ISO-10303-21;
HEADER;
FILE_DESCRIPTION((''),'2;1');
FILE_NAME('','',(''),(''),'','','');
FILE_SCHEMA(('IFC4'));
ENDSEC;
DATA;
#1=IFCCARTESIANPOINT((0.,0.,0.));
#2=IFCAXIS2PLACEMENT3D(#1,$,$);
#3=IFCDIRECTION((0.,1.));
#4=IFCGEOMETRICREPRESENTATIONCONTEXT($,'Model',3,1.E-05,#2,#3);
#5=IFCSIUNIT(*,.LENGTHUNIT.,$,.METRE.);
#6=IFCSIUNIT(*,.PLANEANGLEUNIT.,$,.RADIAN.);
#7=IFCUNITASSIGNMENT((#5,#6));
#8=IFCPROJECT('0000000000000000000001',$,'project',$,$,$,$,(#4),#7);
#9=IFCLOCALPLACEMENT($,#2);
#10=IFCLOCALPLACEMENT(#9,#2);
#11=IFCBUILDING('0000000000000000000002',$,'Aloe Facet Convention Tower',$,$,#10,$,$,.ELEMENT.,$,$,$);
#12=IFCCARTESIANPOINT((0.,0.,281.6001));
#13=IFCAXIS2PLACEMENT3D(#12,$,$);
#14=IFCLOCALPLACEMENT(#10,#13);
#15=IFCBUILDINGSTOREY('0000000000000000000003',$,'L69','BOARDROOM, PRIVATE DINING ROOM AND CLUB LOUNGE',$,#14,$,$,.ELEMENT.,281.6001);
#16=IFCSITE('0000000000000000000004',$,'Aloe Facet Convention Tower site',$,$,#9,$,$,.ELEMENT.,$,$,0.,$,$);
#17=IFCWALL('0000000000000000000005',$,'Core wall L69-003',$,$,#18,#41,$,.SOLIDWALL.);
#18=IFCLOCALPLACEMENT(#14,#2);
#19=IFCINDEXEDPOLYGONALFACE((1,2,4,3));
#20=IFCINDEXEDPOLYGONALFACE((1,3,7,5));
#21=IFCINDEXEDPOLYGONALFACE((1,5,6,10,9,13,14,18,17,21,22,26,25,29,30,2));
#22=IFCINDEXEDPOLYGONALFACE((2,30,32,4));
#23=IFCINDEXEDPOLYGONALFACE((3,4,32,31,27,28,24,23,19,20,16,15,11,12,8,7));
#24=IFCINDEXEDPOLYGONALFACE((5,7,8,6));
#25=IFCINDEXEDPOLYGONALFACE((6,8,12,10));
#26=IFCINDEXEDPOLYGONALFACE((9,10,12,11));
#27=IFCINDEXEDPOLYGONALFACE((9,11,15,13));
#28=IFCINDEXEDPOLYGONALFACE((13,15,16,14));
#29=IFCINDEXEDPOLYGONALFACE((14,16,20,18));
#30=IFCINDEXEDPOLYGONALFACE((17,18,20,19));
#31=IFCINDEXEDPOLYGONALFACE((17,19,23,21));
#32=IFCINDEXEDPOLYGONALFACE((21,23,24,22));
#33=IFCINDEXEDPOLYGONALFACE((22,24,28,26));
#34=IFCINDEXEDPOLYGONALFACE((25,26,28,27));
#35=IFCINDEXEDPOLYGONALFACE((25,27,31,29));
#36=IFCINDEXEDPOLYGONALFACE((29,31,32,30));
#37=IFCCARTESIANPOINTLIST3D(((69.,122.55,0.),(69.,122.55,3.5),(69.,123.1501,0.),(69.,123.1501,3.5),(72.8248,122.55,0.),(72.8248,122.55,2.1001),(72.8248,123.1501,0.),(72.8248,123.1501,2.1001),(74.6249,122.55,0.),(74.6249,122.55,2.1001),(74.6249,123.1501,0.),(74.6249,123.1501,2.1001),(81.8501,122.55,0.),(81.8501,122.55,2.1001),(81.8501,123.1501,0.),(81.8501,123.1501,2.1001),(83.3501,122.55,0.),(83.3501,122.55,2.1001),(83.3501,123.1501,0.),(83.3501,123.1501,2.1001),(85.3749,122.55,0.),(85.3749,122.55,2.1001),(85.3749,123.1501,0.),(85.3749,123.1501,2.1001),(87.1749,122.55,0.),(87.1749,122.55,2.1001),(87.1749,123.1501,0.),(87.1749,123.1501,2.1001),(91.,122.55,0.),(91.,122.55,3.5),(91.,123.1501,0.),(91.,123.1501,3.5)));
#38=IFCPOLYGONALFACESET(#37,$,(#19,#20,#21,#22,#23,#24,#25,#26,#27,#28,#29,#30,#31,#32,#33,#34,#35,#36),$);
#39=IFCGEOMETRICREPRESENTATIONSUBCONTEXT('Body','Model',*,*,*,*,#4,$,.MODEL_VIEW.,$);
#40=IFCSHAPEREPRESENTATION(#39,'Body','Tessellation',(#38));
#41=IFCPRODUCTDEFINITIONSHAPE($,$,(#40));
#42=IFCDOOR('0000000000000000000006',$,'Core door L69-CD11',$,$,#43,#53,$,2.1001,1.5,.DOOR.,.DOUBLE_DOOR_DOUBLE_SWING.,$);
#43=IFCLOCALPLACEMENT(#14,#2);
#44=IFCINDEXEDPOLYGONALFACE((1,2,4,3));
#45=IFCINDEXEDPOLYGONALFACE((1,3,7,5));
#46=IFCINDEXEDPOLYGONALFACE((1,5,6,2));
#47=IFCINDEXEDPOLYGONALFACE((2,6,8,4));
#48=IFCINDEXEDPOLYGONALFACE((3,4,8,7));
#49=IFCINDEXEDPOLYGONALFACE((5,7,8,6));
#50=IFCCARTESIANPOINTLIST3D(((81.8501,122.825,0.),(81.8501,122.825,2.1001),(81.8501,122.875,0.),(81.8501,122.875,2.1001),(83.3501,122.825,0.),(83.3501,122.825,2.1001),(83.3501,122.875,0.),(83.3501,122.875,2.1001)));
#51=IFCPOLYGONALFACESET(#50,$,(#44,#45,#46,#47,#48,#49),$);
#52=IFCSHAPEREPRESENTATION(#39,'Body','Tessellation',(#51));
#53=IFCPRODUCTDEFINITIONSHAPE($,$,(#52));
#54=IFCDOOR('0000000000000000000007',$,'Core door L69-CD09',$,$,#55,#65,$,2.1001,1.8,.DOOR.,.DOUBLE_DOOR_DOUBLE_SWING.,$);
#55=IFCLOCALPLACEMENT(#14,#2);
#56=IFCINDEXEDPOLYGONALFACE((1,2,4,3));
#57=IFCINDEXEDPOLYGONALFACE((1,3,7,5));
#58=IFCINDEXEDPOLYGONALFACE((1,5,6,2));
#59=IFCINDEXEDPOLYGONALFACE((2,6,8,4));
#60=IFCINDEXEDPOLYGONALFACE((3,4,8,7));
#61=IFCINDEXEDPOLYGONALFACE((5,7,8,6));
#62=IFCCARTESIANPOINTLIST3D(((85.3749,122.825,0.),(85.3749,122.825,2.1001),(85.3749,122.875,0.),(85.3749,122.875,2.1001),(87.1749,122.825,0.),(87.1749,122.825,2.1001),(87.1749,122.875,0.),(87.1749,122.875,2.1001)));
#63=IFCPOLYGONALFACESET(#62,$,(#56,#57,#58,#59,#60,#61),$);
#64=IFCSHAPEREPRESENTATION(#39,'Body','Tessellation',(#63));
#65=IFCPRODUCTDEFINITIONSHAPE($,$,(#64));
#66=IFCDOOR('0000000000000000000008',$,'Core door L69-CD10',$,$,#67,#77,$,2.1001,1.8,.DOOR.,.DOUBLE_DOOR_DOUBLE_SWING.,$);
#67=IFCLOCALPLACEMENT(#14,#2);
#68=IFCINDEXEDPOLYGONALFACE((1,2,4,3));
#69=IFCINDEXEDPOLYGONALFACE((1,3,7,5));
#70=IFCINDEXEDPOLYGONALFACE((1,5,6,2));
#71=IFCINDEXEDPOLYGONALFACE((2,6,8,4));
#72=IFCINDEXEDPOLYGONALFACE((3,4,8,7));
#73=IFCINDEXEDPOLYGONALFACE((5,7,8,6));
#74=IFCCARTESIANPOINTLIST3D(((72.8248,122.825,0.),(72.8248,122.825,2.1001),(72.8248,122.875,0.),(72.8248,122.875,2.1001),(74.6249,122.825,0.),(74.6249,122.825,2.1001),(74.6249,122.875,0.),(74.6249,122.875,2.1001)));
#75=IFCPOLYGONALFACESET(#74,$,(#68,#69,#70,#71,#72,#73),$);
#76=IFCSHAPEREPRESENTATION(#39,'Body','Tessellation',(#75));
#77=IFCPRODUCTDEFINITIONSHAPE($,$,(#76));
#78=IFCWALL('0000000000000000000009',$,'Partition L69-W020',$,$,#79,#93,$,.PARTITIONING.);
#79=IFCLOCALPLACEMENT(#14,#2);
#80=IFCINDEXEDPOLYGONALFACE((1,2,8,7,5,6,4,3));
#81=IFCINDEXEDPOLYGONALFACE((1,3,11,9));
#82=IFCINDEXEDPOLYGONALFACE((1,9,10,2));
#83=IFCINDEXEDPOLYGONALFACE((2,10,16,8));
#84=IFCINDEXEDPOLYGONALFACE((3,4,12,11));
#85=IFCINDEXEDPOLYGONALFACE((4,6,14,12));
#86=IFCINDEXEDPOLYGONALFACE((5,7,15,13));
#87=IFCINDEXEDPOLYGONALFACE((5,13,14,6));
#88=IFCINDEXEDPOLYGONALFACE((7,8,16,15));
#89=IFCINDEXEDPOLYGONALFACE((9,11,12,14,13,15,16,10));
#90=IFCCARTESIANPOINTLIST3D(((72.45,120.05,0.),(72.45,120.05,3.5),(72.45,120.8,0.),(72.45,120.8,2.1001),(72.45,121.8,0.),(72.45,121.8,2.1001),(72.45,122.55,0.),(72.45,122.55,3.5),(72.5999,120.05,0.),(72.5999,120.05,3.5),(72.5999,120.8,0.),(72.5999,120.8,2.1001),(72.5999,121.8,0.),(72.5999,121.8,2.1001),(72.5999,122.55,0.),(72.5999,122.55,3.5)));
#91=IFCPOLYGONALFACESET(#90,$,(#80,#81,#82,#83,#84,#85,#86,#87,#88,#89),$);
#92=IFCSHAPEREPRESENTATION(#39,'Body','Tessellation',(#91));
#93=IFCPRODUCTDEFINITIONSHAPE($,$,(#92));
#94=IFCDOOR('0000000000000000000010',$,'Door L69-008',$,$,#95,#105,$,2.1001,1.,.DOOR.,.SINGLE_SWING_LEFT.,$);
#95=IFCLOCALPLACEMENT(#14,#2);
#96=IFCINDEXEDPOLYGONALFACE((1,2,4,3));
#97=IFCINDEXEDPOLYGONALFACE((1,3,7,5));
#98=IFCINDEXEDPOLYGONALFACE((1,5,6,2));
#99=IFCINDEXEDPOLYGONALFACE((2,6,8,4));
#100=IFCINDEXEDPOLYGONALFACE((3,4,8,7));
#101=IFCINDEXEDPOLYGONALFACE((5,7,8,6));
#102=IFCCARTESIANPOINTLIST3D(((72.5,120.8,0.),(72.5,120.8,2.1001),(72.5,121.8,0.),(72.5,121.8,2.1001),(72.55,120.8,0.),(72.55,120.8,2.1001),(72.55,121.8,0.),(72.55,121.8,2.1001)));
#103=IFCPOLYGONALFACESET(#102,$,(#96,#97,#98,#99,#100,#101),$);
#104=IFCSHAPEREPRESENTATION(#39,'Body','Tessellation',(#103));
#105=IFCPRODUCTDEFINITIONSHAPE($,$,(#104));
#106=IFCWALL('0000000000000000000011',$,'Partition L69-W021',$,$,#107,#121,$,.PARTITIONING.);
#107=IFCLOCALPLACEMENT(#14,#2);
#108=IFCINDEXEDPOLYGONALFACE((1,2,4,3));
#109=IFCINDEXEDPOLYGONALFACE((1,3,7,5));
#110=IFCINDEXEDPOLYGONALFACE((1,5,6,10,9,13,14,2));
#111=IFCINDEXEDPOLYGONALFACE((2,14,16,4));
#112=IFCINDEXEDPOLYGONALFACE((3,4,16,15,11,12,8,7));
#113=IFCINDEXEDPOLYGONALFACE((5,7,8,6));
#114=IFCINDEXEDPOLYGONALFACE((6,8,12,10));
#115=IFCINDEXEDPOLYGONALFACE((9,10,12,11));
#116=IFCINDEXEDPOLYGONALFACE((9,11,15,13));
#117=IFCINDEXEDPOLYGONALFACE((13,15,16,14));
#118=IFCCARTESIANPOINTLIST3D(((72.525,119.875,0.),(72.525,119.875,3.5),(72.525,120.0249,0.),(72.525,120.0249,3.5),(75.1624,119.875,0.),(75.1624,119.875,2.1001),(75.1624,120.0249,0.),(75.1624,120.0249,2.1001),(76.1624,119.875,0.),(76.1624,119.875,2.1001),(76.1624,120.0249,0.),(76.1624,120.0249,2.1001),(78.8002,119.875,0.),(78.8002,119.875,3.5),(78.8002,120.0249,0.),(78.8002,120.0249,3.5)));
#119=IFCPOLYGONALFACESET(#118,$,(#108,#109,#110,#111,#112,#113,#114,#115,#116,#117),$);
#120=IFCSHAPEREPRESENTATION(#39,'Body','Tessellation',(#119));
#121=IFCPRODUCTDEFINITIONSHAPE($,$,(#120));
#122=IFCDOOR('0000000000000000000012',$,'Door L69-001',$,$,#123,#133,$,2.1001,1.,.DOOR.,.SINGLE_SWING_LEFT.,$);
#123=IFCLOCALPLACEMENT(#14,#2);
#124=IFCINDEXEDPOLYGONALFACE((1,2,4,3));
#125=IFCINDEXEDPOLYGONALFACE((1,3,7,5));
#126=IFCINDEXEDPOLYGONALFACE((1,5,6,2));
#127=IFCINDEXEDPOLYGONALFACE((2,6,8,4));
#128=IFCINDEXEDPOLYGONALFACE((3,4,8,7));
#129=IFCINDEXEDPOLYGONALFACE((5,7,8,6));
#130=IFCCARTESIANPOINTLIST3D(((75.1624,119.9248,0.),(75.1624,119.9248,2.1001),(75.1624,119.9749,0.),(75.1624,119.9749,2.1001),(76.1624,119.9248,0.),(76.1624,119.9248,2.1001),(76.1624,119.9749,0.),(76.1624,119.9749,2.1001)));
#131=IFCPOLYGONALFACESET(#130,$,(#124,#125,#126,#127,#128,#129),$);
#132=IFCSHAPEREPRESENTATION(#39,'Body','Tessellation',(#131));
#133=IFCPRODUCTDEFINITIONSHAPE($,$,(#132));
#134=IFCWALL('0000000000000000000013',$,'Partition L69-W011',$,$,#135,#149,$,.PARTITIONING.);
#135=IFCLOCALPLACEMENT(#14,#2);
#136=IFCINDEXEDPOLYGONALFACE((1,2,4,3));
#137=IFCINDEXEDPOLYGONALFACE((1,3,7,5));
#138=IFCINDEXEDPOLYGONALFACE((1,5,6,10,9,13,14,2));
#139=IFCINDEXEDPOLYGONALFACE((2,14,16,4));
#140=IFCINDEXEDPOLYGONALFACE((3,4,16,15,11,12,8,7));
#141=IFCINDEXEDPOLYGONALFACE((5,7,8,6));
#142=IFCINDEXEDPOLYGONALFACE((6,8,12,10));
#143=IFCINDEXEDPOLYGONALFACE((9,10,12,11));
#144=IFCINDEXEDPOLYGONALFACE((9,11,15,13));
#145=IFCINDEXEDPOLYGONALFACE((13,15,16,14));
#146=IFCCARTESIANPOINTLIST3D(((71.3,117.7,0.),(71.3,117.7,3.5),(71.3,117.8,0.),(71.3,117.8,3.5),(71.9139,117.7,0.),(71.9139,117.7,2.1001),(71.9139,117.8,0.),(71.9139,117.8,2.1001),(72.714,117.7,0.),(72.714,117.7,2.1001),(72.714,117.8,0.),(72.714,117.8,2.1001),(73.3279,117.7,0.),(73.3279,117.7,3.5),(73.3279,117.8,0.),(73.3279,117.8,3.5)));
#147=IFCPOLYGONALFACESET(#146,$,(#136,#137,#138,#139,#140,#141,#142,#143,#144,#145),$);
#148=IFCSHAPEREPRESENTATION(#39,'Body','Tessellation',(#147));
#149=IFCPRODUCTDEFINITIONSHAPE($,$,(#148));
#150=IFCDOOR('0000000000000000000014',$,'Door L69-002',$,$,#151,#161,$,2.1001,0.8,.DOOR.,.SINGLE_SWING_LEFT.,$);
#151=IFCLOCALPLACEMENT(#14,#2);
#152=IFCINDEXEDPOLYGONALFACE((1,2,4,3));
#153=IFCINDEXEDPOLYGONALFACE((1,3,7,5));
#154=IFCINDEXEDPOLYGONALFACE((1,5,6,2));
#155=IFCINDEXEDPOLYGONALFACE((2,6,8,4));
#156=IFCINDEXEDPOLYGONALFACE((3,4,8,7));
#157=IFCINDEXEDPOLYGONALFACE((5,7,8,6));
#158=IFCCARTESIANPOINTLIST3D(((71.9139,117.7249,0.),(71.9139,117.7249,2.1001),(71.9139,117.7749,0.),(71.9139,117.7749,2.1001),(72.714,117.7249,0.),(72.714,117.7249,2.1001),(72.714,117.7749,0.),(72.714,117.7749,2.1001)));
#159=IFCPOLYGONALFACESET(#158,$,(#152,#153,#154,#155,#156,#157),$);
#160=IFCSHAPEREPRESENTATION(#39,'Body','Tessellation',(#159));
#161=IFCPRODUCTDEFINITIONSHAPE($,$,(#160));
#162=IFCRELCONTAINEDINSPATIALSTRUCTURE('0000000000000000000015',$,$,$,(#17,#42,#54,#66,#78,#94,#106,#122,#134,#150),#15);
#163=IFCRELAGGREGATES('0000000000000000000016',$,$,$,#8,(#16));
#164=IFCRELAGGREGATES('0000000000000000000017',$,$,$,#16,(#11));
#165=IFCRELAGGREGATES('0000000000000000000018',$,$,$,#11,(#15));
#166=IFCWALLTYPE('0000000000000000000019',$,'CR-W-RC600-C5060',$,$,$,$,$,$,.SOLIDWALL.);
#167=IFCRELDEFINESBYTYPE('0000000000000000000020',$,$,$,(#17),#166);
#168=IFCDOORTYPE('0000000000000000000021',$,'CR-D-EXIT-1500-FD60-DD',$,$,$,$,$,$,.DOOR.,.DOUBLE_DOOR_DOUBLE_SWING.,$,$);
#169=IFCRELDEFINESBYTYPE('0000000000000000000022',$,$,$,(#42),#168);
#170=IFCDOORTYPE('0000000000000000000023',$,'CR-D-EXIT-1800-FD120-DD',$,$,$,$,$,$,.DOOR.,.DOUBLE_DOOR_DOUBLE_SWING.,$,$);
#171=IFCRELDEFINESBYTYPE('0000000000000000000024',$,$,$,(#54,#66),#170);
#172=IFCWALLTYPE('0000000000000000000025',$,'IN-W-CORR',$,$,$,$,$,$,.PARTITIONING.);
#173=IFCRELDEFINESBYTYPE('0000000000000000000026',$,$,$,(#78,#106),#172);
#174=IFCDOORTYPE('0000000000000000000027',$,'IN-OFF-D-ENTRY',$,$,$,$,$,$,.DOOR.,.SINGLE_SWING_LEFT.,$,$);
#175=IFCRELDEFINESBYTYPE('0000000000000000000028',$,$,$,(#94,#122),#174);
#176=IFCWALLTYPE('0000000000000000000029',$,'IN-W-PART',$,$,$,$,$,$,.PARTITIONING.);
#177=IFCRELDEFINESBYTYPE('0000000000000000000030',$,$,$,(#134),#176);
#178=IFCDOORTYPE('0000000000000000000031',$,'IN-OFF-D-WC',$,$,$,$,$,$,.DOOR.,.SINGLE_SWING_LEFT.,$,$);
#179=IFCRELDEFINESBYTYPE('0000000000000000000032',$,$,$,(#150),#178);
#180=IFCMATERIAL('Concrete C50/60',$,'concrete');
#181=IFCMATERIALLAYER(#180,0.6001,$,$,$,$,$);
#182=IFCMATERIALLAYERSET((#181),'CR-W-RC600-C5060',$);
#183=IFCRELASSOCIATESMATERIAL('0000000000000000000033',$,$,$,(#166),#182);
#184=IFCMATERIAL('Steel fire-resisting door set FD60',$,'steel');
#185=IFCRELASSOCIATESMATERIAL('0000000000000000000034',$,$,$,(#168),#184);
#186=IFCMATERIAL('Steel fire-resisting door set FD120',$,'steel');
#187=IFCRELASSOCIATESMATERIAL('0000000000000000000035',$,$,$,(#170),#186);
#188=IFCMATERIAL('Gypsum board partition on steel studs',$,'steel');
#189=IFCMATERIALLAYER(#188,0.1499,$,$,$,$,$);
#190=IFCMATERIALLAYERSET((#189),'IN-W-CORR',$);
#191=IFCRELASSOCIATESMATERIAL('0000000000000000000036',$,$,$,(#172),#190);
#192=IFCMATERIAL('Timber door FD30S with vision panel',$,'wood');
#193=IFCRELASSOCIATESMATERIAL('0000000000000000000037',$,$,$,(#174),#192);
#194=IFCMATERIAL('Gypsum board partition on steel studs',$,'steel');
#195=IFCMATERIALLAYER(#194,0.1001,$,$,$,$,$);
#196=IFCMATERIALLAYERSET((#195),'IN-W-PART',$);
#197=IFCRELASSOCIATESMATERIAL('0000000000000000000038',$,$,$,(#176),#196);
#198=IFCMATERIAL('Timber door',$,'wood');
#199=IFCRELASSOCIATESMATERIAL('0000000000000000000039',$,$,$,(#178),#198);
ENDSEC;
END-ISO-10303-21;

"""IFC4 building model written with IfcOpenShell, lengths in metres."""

from ifc_helpers import new_model, si_unit, direction, frame, frame_2d, origin, place, context, subcontext, project, spatial, rectangle, extrude, material, layer, layer_set, type_object, element, fill, save


model = new_model("IFC4")

# Units and contexts
model_context = context("Model", 3, precision=1e-05, world=origin(), true_north=direction((0.0, 1.0)))
body_context = subcontext(model_context, "Body", "Model", "MODEL_VIEW")
ifc_project = project(units=[si_unit("LENGTHUNIT", "METRE"), si_unit("PLANEANGLEUNIT", "RADIAN")], contexts=[model_context])

# Site, building, storey
site_placement = place(None, origin())
site = spatial("IfcSite", under=ifc_project, at=site_placement, Name="Aloe Facet Convention Tower site", CompositionType="ELEMENT", RefElevation=0.0)
building_placement = place(site_placement, origin())
building = spatial("IfcBuilding", under=site, at=building_placement, Name="Aloe Facet Convention Tower", CompositionType="ELEMENT")
storey_placement = place(building_placement, frame((0.0, 0.0, 281.6001)))
storey = spatial("IfcBuildingStorey", under=building, at=storey_placement, Name="L69", Description="BOARDROOM, PRIVATE DINING ROOM AND CLUB LOUNGE", CompositionType="ELEMENT", Elevation=281.6001)

# Wall, openings, doors
ifc_material_1 = material(Name="Concrete C50/60", Category="concrete")
ifc_layer_1 = layer(ifc_material_1, 0.6001)
ifc_layer_set_1 = layer_set([ifc_layer_1], Name="CR-W-RC600-C5060")
wall_type_1 = type_object("IfcWallType", Name="CR-W-RC600-C5060", PredefinedType="SOLIDWALL", material=ifc_layer_set_1)
wall_1_placement = place(storey_placement, frame((69.0, 122.8501, 0.0), z_axis=(0.0, 0.0, 1.0), x_axis=(1.0, 0.0, 0.0)))
wall_1 = element("IfcWall", 1, at=wall_1_placement, inside=storey, type_object=wall_type_1, Name="Core wall L69-003", PredefinedType="SOLIDWALL", context=body_context, shape_type="SweptSolid", body=[
    extrude(rectangle(XDim=22.0, YDim=0.6001, at=frame_2d((11.0, 0.0))), origin(), (0.0, 0.0, 1.0), 3.5),
])
opening_1_placement = place(wall_1_placement, frame((16.375, 0.0, 0.0)))
opening_1 = element("IfcOpeningElement", 2, at=opening_1_placement, cuts=wall_1, PredefinedType="OPENING", context=body_context, shape_type="SweptSolid", body=[
    extrude(rectangle(XDim=1.8, YDim=2.1001, at=frame_2d((0.8999, 1.05))), frame((0.0, 0.3101, 0.0), z_axis=(0.0, -1.0, 0.0), x_axis=(1.0, 0.0, 0.0)), (0.0, 0.0, 1.0), 0.6201),
])
opening_2_placement = place(wall_1_placement, frame((3.825, 0.0, 0.0)))
opening_2 = element("IfcOpeningElement", 3, at=opening_2_placement, cuts=wall_1, PredefinedType="OPENING", context=body_context, shape_type="SweptSolid", body=[
    extrude(rectangle(XDim=1.8, YDim=2.1001, at=frame_2d((0.8999, 1.05))), frame((0.0, 0.3101, 0.0), z_axis=(0.0, -1.0, 0.0), x_axis=(1.0, 0.0, 0.0)), (0.0, 0.0, 1.0), 0.6201),
])
opening_3_placement = place(wall_1_placement, frame((12.8501, 0.0, 0.0)))
opening_3 = element("IfcOpeningElement", 4, at=opening_3_placement, cuts=wall_1, PredefinedType="OPENING", context=body_context, shape_type="SweptSolid", body=[
    extrude(rectangle(XDim=1.5, YDim=2.1001, at=frame_2d((0.75, 1.05))), frame((0.0, 0.3101, 0.0), z_axis=(0.0, -1.0, 0.0), x_axis=(1.0, 0.0, 0.0)), (0.0, 0.0, 1.0), 0.6201),
])
ifc_material_2 = material(Name="Steel fire-resisting door set FD60", Category="steel")
door_type_1 = type_object("IfcDoorType", Name="CR-D-EXIT-1500-FD60-DD", OperationType="DOUBLE_DOOR_DOUBLE_SWING", PredefinedType="DOOR", material=ifc_material_2)
door_1_placement = place(opening_3_placement, origin())
door_1 = element("IfcDoor", 5, at=door_1_placement, inside=storey, type_object=door_type_1, Name="Core door L69-CD11", OperationType="DOUBLE_DOOR_DOUBLE_SWING", OverallHeight=2.1001, OverallWidth=1.5, PredefinedType="DOOR", context=body_context, shape_type="SweptSolid", body=[
    extrude(rectangle(XDim=1.5, YDim=2.1001, at=frame_2d((0.75, 1.05))), frame((0.0, 0.0249, 0.0), z_axis=(0.0, -1.0, 0.0), x_axis=(1.0, 0.0, 0.0)), (0.0, 0.0, 1.0), 0.05),
])
fill(opening_3, door_1)
ifc_material_3 = material(Name="Steel fire-resisting door set FD120", Category="steel")
door_type_2 = type_object("IfcDoorType", Name="CR-D-EXIT-1800-FD120-DD", OperationType="DOUBLE_DOOR_DOUBLE_SWING", PredefinedType="DOOR", material=ifc_material_3)
door_2_placement = place(opening_1_placement, origin())
door_2 = element("IfcDoor", 6, at=door_2_placement, inside=storey, type_object=door_type_2, Name="Core door L69-CD09", OperationType="DOUBLE_DOOR_DOUBLE_SWING", OverallHeight=2.1001, OverallWidth=1.8, PredefinedType="DOOR", context=body_context, shape_type="SweptSolid", body=[
    extrude(rectangle(XDim=1.8, YDim=2.1001, at=frame_2d((0.8999, 1.05))), frame((0.0, 0.0249, 0.0), z_axis=(0.0, -1.0, 0.0), x_axis=(1.0, 0.0, 0.0)), (0.0, 0.0, 1.0), 0.05),
])
fill(opening_1, door_2)
door_3_placement = place(opening_2_placement, origin())
door_3 = element("IfcDoor", 7, at=door_3_placement, inside=storey, type_object=door_type_2, Name="Core door L69-CD10", OperationType="DOUBLE_DOOR_DOUBLE_SWING", OverallHeight=2.1001, OverallWidth=1.8, PredefinedType="DOOR", context=body_context, shape_type="SweptSolid", body=[
    extrude(rectangle(XDim=1.8, YDim=2.1001, at=frame_2d((0.8999, 1.05))), frame((0.0, 0.0249, 0.0), z_axis=(0.0, -1.0, 0.0), x_axis=(1.0, 0.0, 0.0)), (0.0, 0.0, 1.0), 0.05),
])
fill(opening_2, door_3)

# Walls, openings, doors
ifc_material_4 = material(Name="Gypsum board partition on steel studs", Category="steel")
ifc_layer_2 = layer(ifc_material_4, 0.1499)
ifc_layer_set_2 = layer_set([ifc_layer_2], Name="IN-W-CORR")
wall_type_2 = type_object("IfcWallType", Name="IN-W-CORR", PredefinedType="PARTITIONING", material=ifc_layer_set_2)
wall_2_placement = place(storey_placement, frame((72.5249, 120.05, 0.0), z_axis=(0.0, 0.0, 1.0), x_axis=(0.0, 1.0, 0.0)))
wall_2 = element("IfcWall", 8, at=wall_2_placement, inside=storey, type_object=wall_type_2, Name="Partition L69-W020", PredefinedType="PARTITIONING", context=body_context, shape_type="SweptSolid", body=[
    extrude(rectangle(XDim=2.5, YDim=0.1499, at=frame_2d((1.25, 0.0))), origin(), (0.0, 0.0, 1.0), 3.5),
])
opening_4_placement = place(wall_2_placement, frame((0.75, 0.0, 0.0)))
opening_4 = element("IfcOpeningElement", 9, at=opening_4_placement, cuts=wall_2, PredefinedType="OPENING", context=body_context, shape_type="SweptSolid", body=[
    extrude(rectangle(XDim=1.0, YDim=2.1001, at=frame_2d((0.5, 1.05))), frame((0.0, 0.085, 0.0), z_axis=(0.0, -1.0, 0.0), x_axis=(1.0, 0.0, 0.0)), (0.0, 0.0, 1.0), 0.1699),
])
ifc_material_5 = material(Name="Timber door FD30S with vision panel", Category="wood")
door_type_3 = type_object("IfcDoorType", Name="IN-OFF-D-ENTRY", OperationType="SINGLE_SWING_LEFT", PredefinedType="DOOR", material=ifc_material_5)
door_4_placement = place(opening_4_placement, origin())
door_4 = element("IfcDoor", 10, at=door_4_placement, inside=storey, type_object=door_type_3, Name="Door L69-008", OperationType="SINGLE_SWING_LEFT", OverallHeight=2.1001, OverallWidth=1.0, PredefinedType="DOOR", context=body_context, shape_type="SweptSolid", body=[
    extrude(rectangle(XDim=1.0, YDim=2.1001, at=frame_2d((0.5, 1.05))), frame((0.0, 0.0249, 0.0), z_axis=(0.0, -1.0, 0.0), x_axis=(1.0, 0.0, 0.0)), (0.0, 0.0, 1.0), 0.05),
])
fill(opening_4, door_4)
wall_3_placement = place(storey_placement, frame((72.5249, 119.95, 0.0), z_axis=(0.0, 0.0, 1.0), x_axis=(1.0, 0.0, 0.0)))
wall_3 = element("IfcWall", 11, at=wall_3_placement, inside=storey, type_object=wall_type_2, Name="Partition L69-W021", PredefinedType="PARTITIONING", context=body_context, shape_type="SweptSolid", body=[
    extrude(rectangle(XDim=6.2751, YDim=0.1499, at=frame_2d((3.1377, 0.0))), origin(), (0.0, 0.0, 1.0), 3.5),
])
opening_5_placement = place(wall_3_placement, frame((2.6375, 0.0, 0.0)))
opening_5 = element("IfcOpeningElement", 12, at=opening_5_placement, cuts=wall_3, PredefinedType="OPENING", context=body_context, shape_type="SweptSolid", body=[
    extrude(rectangle(XDim=1.0, YDim=2.1001, at=frame_2d((0.5, 1.05))), frame((0.0, 0.085, 0.0), z_axis=(0.0, -1.0, 0.0), x_axis=(1.0, 0.0, 0.0)), (0.0, 0.0, 1.0), 0.1699),
])
door_5_placement = place(opening_5_placement, origin())
door_5 = element("IfcDoor", 13, at=door_5_placement, inside=storey, type_object=door_type_3, Name="Door L69-001", OperationType="SINGLE_SWING_LEFT", OverallHeight=2.1001, OverallWidth=1.0, PredefinedType="DOOR", context=body_context, shape_type="SweptSolid", body=[
    extrude(rectangle(XDim=1.0, YDim=2.1001, at=frame_2d((0.5, 1.05))), frame((0.0, 0.0249, 0.0), z_axis=(0.0, -1.0, 0.0), x_axis=(1.0, 0.0, 0.0)), (0.0, 0.0, 1.0), 0.05),
])
fill(opening_5, door_5)
ifc_material_6 = material(Name="Gypsum board partition on steel studs", Category="steel")
ifc_layer_3 = layer(ifc_material_6, 0.1001)
ifc_layer_set_3 = layer_set([ifc_layer_3], Name="IN-W-PART")
wall_type_3 = type_object("IfcWallType", Name="IN-W-PART", PredefinedType="PARTITIONING", material=ifc_layer_set_3)
wall_4_placement = place(storey_placement, frame((71.3, 117.75, 0.0), z_axis=(0.0, 0.0, 1.0), x_axis=(1.0, 0.0, 0.0)))
wall_4 = element("IfcWall", 14, at=wall_4_placement, inside=storey, type_object=wall_type_3, Name="Partition L69-W011", PredefinedType="PARTITIONING", context=body_context, shape_type="SweptSolid", body=[
    extrude(rectangle(XDim=2.0278, YDim=0.1001, at=frame_2d((1.0139, 0.0))), origin(), (0.0, 0.0, 1.0), 3.5),
])
opening_6_placement = place(wall_4_placement, frame((0.614, 0.0, 0.0)))
opening_6 = element("IfcOpeningElement", 15, at=opening_6_placement, cuts=wall_4, PredefinedType="OPENING", context=body_context, shape_type="SweptSolid", body=[
    extrude(rectangle(XDim=0.8, YDim=2.1001, at=frame_2d((0.3999, 1.05))), frame((0.0, 0.0601, 0.0), z_axis=(0.0, -1.0, 0.0), x_axis=(1.0, 0.0, 0.0)), (0.0, 0.0, 1.0), 0.1201),
])
ifc_material_7 = material(Name="Timber door", Category="wood")
door_type_4 = type_object("IfcDoorType", Name="IN-OFF-D-WC", OperationType="SINGLE_SWING_LEFT", PredefinedType="DOOR", material=ifc_material_7)
door_6_placement = place(opening_6_placement, origin())
door_6 = element("IfcDoor", 16, at=door_6_placement, inside=storey, type_object=door_type_4, Name="Door L69-002", OperationType="SINGLE_SWING_LEFT", OverallHeight=2.1001, OverallWidth=0.8, PredefinedType="DOOR", context=body_context, shape_type="SweptSolid", body=[
    extrude(rectangle(XDim=0.8, YDim=2.1001, at=frame_2d((0.3999, 1.05))), frame((0.0, 0.0249, 0.0), z_axis=(0.0, -1.0, 0.0), x_axis=(1.0, 0.0, 0.0)), (0.0, 0.0, 1.0), 0.05),
])
fill(opening_6, door_6)

save(model, "model.ifc")
